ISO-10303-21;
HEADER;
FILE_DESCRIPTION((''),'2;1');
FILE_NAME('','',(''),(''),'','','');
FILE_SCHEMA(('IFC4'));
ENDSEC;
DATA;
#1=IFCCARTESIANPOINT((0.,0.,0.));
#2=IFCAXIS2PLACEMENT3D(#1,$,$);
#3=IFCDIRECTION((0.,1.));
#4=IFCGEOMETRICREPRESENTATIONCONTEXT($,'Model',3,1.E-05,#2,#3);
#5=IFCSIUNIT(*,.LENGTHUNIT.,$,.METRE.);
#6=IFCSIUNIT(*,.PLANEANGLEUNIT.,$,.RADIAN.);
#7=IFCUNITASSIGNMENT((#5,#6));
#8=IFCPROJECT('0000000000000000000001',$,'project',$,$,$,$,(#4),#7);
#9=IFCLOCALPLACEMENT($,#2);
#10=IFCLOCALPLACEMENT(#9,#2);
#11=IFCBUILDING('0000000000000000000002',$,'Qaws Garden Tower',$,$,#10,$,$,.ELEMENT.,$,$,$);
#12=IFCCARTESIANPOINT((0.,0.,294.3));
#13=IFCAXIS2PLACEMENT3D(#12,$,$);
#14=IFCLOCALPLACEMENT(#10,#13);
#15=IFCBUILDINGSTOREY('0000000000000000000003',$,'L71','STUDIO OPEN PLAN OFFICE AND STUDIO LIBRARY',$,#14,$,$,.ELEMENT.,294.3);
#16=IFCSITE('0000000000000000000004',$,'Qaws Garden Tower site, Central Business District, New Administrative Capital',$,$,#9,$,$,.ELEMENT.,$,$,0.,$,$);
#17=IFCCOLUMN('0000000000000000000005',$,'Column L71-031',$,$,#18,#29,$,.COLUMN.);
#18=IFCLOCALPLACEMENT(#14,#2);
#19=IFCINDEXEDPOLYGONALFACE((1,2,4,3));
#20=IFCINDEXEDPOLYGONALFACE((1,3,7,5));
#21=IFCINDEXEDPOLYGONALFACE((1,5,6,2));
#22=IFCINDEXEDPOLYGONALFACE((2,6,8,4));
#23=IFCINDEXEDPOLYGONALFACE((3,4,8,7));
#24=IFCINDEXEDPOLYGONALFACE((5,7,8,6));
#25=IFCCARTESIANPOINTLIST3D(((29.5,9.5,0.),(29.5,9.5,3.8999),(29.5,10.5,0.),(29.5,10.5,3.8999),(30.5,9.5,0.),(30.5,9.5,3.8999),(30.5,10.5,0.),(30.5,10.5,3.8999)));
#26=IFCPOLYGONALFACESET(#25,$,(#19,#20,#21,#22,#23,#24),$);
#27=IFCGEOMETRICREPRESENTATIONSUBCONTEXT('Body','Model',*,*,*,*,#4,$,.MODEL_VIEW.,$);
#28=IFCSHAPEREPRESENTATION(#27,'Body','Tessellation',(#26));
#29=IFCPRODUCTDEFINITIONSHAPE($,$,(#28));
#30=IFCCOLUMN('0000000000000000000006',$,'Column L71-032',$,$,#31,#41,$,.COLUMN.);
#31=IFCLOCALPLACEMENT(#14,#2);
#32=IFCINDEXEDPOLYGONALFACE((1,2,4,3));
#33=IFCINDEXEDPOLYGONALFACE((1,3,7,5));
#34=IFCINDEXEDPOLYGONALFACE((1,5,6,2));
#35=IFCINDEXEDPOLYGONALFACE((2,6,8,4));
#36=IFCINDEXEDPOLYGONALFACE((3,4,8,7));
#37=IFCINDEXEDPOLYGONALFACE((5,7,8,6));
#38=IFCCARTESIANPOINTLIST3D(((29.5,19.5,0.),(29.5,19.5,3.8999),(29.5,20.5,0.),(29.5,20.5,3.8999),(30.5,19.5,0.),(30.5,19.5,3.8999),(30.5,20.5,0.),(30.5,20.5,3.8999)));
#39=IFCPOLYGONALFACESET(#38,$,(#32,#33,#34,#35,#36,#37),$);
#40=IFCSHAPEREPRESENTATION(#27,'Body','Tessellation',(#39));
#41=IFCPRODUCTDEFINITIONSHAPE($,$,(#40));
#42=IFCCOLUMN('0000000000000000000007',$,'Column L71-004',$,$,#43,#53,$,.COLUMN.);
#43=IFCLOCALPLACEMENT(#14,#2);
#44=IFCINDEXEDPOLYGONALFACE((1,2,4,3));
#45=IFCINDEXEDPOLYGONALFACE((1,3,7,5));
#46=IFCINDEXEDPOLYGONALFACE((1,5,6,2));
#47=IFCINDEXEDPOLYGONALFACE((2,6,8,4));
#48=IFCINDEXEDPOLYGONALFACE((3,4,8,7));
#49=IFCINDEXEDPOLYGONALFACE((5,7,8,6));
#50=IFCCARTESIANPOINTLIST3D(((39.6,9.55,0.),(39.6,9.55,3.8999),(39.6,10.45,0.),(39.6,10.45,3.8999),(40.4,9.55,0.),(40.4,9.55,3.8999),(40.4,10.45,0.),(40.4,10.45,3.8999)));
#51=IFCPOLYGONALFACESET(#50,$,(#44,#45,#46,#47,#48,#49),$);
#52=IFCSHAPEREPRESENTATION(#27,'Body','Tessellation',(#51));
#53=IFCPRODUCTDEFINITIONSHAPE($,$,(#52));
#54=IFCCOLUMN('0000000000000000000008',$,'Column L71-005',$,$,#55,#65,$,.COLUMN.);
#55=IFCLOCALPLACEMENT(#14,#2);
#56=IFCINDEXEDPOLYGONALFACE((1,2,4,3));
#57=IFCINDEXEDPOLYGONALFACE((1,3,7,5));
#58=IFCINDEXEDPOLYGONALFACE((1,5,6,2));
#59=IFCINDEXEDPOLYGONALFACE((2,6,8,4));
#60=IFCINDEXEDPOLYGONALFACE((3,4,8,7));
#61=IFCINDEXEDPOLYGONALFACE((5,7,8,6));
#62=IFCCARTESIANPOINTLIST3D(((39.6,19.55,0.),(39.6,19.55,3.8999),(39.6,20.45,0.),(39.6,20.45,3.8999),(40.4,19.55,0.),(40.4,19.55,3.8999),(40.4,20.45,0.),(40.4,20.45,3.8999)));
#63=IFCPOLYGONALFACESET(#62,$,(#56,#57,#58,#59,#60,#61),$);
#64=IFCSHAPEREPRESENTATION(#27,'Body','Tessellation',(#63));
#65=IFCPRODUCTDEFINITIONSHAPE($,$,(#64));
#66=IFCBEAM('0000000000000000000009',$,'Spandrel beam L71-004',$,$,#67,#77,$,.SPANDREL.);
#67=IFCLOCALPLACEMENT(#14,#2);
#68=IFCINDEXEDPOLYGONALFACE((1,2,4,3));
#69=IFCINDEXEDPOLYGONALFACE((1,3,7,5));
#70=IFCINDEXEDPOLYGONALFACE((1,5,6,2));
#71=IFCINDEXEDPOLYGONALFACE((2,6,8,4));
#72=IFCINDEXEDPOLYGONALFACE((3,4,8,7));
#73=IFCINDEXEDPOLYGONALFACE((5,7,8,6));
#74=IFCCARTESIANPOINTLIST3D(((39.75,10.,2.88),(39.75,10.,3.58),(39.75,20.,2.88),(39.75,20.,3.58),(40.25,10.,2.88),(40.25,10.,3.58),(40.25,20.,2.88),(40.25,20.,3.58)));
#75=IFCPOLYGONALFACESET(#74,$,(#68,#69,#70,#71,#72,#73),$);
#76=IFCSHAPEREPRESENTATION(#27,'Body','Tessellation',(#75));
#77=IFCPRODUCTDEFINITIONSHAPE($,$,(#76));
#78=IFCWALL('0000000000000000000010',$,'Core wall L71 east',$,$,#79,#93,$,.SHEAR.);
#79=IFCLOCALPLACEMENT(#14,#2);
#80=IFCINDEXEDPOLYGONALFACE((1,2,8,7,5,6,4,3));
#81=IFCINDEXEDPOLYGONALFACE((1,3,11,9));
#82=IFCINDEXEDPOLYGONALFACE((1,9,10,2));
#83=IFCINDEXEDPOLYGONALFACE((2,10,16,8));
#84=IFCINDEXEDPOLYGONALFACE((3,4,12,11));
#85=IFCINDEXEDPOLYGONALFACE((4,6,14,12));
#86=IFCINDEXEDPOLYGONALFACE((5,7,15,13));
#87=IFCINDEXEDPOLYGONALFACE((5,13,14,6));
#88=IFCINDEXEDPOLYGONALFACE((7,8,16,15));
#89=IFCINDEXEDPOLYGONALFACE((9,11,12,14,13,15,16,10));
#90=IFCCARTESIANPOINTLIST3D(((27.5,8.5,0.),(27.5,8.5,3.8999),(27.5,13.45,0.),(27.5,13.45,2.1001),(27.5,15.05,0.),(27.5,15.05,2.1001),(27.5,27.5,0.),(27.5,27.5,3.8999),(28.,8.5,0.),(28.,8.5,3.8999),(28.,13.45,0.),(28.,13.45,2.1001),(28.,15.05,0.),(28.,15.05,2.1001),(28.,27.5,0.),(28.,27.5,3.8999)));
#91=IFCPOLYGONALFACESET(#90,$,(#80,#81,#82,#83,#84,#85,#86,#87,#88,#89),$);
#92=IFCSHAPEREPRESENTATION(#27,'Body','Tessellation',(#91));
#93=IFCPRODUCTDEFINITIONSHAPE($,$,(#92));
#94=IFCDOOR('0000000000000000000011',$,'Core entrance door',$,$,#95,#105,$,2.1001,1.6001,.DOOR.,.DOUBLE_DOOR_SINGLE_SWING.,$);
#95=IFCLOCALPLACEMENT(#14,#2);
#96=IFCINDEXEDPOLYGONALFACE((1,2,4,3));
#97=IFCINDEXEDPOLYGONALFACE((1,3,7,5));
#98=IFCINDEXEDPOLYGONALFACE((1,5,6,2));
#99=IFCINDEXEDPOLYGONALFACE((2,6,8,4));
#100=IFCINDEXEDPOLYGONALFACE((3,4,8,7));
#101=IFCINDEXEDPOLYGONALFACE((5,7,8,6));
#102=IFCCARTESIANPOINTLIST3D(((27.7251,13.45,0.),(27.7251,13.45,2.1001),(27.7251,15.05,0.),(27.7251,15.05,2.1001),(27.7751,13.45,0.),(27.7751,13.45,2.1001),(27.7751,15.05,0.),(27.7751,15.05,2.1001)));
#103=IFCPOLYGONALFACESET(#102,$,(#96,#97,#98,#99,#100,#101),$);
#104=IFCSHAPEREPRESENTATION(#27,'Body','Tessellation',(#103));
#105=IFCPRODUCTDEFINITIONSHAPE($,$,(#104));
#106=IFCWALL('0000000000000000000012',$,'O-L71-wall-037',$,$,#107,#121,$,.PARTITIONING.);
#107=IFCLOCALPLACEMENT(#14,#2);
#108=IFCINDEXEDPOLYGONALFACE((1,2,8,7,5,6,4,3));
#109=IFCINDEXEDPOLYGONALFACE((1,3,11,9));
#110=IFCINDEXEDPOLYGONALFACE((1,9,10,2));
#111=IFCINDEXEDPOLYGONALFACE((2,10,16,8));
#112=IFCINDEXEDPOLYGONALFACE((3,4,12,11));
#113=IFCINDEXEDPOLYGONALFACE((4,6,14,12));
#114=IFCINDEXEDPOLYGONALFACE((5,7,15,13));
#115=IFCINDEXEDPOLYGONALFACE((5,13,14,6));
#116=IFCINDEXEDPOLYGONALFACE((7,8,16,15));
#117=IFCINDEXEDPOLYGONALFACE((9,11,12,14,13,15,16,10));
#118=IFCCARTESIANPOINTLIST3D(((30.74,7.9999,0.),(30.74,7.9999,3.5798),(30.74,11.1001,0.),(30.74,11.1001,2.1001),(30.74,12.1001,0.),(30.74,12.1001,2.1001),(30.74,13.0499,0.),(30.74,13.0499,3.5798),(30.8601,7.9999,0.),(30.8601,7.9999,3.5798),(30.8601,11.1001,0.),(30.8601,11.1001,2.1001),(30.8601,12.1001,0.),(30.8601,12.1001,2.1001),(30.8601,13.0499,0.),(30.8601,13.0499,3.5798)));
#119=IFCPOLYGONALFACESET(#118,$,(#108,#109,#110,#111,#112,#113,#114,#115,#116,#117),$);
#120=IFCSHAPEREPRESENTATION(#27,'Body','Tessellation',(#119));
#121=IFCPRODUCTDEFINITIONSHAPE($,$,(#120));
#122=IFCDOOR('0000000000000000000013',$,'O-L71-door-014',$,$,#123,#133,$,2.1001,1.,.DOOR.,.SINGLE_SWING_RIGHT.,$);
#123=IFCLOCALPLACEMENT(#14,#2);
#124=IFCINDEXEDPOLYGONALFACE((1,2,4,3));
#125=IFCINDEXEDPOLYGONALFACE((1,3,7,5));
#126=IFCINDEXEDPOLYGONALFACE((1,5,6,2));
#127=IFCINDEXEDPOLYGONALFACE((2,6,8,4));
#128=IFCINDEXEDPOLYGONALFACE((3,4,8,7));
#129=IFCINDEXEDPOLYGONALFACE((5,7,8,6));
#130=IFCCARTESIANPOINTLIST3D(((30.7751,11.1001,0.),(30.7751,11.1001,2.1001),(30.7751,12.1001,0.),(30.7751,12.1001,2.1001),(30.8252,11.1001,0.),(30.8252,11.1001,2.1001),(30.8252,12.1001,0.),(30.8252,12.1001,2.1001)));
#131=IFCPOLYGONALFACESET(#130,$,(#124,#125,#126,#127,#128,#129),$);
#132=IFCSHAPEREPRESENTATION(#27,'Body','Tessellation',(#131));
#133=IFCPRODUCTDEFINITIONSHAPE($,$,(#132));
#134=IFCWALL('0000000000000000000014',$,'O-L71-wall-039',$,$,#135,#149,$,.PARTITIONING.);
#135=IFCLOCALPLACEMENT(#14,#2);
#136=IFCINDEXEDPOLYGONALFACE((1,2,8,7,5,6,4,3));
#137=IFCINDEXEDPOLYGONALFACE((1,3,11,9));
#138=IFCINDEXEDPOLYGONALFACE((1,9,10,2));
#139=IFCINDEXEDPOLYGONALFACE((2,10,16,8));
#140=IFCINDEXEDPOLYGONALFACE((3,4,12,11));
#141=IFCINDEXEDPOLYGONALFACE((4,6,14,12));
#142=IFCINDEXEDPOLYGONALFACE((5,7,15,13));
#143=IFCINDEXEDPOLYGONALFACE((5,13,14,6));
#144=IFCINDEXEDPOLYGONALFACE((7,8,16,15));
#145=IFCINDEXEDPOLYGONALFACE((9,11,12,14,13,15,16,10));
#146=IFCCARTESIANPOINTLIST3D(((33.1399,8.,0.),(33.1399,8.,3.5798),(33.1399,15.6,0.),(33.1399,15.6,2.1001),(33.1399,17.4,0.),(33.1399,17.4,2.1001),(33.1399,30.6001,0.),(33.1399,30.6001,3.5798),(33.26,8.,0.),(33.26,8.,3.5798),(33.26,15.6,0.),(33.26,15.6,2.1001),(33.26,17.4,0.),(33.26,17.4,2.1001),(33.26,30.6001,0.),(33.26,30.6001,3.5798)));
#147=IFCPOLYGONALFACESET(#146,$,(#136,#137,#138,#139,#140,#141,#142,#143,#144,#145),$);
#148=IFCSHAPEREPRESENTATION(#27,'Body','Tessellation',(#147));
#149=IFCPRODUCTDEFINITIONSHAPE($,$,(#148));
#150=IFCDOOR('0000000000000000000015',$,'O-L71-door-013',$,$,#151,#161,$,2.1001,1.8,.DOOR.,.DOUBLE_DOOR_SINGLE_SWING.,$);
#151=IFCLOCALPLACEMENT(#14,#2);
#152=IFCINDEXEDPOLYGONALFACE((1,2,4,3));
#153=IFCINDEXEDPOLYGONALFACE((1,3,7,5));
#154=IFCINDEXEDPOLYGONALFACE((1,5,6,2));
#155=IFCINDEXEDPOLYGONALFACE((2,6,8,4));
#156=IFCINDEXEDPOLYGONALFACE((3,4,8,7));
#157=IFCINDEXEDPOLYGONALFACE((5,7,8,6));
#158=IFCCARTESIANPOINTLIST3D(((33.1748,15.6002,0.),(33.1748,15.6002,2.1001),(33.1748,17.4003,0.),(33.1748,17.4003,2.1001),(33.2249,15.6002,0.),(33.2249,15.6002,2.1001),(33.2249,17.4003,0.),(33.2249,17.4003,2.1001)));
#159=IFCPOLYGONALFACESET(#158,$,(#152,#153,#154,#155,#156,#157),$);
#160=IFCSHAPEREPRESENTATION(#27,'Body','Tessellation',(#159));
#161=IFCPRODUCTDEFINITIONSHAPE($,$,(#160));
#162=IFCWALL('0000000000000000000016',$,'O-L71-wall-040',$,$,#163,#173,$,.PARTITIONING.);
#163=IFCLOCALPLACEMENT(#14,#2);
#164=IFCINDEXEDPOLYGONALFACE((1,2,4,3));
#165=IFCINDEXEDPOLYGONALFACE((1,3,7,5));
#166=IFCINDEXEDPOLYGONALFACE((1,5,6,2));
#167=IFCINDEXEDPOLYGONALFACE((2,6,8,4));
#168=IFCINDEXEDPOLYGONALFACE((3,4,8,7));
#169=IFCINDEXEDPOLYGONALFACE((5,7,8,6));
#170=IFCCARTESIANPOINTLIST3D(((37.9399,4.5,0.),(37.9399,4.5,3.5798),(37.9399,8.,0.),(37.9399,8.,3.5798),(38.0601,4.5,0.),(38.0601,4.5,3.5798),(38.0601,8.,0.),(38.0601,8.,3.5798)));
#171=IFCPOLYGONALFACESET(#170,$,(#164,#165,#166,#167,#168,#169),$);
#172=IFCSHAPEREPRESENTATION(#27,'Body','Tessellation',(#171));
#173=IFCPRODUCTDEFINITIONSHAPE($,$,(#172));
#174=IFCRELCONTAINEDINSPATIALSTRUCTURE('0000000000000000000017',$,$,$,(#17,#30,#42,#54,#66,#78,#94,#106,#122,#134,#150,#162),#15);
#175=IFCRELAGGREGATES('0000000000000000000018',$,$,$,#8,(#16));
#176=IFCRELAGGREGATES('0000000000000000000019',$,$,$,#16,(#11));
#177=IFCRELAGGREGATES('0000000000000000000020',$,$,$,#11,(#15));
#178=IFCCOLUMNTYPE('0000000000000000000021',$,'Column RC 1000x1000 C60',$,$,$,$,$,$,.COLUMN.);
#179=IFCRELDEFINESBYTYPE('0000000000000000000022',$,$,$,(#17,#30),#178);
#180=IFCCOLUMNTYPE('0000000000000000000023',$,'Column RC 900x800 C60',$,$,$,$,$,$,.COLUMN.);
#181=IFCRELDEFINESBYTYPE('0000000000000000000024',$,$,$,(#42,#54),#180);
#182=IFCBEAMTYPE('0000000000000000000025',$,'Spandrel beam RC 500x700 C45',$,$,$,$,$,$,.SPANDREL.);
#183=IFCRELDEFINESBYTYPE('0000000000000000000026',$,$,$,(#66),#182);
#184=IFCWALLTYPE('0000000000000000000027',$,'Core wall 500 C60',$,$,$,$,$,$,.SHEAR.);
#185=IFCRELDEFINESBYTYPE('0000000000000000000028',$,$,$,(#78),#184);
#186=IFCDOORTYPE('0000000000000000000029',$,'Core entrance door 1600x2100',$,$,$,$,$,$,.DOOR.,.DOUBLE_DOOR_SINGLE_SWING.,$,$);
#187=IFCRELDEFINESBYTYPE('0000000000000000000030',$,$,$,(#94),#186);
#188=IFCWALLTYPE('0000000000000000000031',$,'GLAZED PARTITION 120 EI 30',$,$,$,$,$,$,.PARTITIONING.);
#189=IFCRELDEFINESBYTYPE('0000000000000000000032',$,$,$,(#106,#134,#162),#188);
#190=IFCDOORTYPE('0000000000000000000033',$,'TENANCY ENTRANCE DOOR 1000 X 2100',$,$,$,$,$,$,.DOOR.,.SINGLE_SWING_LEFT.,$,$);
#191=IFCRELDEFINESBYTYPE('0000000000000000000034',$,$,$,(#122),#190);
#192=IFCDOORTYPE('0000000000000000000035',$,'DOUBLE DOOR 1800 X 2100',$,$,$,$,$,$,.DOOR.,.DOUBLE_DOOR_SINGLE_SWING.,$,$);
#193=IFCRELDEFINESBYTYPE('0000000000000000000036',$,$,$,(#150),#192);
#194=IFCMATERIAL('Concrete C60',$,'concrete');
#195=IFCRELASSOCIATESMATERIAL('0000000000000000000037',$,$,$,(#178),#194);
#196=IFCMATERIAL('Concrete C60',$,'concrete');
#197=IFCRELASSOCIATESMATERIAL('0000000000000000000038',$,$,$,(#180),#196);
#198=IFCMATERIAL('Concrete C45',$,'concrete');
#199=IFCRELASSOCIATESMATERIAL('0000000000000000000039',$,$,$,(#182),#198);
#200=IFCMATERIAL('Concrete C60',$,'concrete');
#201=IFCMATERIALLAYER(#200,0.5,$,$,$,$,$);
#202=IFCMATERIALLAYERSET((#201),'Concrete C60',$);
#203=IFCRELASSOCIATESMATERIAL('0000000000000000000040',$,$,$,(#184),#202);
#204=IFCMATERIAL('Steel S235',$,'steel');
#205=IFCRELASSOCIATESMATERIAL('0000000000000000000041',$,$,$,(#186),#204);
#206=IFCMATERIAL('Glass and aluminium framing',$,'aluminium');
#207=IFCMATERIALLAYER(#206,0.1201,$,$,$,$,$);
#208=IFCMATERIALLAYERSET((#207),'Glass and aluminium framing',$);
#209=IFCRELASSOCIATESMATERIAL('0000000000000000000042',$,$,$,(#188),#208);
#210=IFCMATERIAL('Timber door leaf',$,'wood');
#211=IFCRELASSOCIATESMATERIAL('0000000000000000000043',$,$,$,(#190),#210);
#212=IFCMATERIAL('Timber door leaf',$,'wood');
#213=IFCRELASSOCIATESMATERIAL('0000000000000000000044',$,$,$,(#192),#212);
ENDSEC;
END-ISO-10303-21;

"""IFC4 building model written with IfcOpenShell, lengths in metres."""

from ifc_helpers import new_model, si_unit, direction, frame, frame_2d, origin, origin_2d, place, context, subcontext, project, spatial, rectangle, extrude, material, layer, layer_set, material_profile, profile_set, type_object, element, fill, save


model = new_model("IFC4")

# Units and contexts
model_context = context("Model", 3, precision=1e-05, world=origin(), true_north=direction((0.0, 1.0)))
body_context = subcontext(model_context, "Body", "Model", "MODEL_VIEW")
ifc_project = project(units=[si_unit("LENGTHUNIT", "METRE"), si_unit("PLANEANGLEUNIT", "RADIAN")], contexts=[model_context])

# Site, building, storey
site_placement = place(None, origin())
site = spatial("IfcSite", under=ifc_project, at=site_placement, Name="Qaws Garden Tower site, Central Business District, New Administrative Capital", CompositionType="ELEMENT", RefElevation=0.0)
building_placement = place(site_placement, origin())
building = spatial("IfcBuilding", under=site, at=building_placement, Name="Qaws Garden Tower", CompositionType="ELEMENT")
storey_placement = place(building_placement, frame((0.0, 0.0, 294.3)))
storey = spatial("IfcBuildingStorey", under=building, at=storey_placement, Name="L71", Description="STUDIO OPEN PLAN OFFICE AND STUDIO LIBRARY", CompositionType="ELEMENT", Elevation=294.3)

# Columns
ifc_material_1 = material(Name="Concrete C60", Category="concrete")
ifc_material_profile_1 = material_profile(ifc_material_1, rectangle(XDim=1.0, YDim=1.0, at=origin_2d()), Name="RC 1000x1000")
ifc_profile_set_1 = profile_set([ifc_material_profile_1], Name="Concrete C60")
column_type_1 = type_object("IfcColumnType", Name="Column RC 1000x1000 C60", PredefinedType="COLUMN", material=ifc_profile_set_1)
for number, where, z_axis, x_axis, name in (
    (1, (30.0, 10.0, 0.0), (0.0, 0.0, 1.0), (1.0, 0.0, 0.0), "Column L71-031"),
    (2, (30.0, 20.0, 0.0), (0.0, 0.0, 1.0), (1.0, 0.0, 0.0), "Column L71-032"),
):
    element("IfcColumn", number, at=place(storey_placement, frame(where, z_axis=z_axis, x_axis=x_axis)), inside=storey, type_object=column_type_1, Name=name, PredefinedType="COLUMN", context=body_context, shape_type="SweptSolid", body=[
        extrude(rectangle(XDim=1.0, YDim=1.0, at=origin_2d()), origin(), (0.0, 0.0, 1.0), 3.8999),
    ])
ifc_material_2 = material(Name="Concrete C60", Category="concrete")
ifc_material_profile_2 = material_profile(ifc_material_2, rectangle(XDim=0.8999, YDim=0.8, at=origin_2d()), Name="RC 900x800")
ifc_profile_set_2 = profile_set([ifc_material_profile_2], Name="Concrete C60")
column_type_2 = type_object("IfcColumnType", Name="Column RC 900x800 C60", PredefinedType="COLUMN", material=ifc_profile_set_2)
for number, where, z_axis, x_axis, name in (
    (3, (40.0, 10.0, 0.0), (0.0, 0.0, 1.0), (0.0, 1.0, 0.0), "Column L71-004"),
    (4, (40.0, 20.0, 0.0), (0.0, 0.0, 1.0), (0.0, 1.0, 0.0), "Column L71-005"),
):
    element("IfcColumn", number, at=place(storey_placement, frame(where, z_axis=z_axis, x_axis=x_axis)), inside=storey, type_object=column_type_2, Name=name, PredefinedType="COLUMN", context=body_context, shape_type="SweptSolid", body=[
        extrude(rectangle(XDim=0.8999, YDim=0.8, at=origin_2d()), origin(), (0.0, 0.0, 1.0), 3.8999),
    ])

# Beam
ifc_material_3 = material(Name="Concrete C45", Category="concrete")
ifc_material_profile_3 = material_profile(ifc_material_3, rectangle(XDim=0.5, YDim=0.7, at=origin_2d()), Name="RC 500x700")
ifc_profile_set_3 = profile_set([ifc_material_profile_3], Name="Concrete C45")
beam_type = type_object("IfcBeamType", Name="Spandrel beam RC 500x700 C45", PredefinedType="SPANDREL", material=ifc_profile_set_3)
beam_placement = place(storey_placement, frame((40.0, 10.0, 3.23), z_axis=(0.0, 1.0, 0.0), x_axis=(-1.0, 0.0, 0.0)))
element("IfcBeam", 5, at=beam_placement, inside=storey, type_object=beam_type, Name="Spandrel beam L71-004", PredefinedType="SPANDREL", context=body_context, shape_type="SweptSolid", body=[
    extrude(rectangle(XDim=0.5, YDim=0.7, at=origin_2d()), origin(), (0.0, 0.0, 1.0), 10.0),
])

# Walls, openings, doors
ifc_material_4 = material(Name="Concrete C60", Category="concrete")
ifc_layer_1 = layer(ifc_material_4, 0.5)
ifc_layer_set_1 = layer_set([ifc_layer_1], Name="Concrete C60")
wall_type_1 = type_object("IfcWallType", Name="Core wall 500 C60", PredefinedType="SHEAR", material=ifc_layer_set_1)
wall_1_placement = place(storey_placement, frame((27.75, 8.5, 0.0), z_axis=(0.0, 0.0, 1.0), x_axis=(0.0, 1.0, 0.0)))
wall_1 = element("IfcWall", 6, at=wall_1_placement, inside=storey, type_object=wall_type_1, Name="Core wall L71 east", PredefinedType="SHEAR", context=body_context, shape_type="SweptSolid", body=[
    extrude(rectangle(XDim=19.0, YDim=0.5, at=frame_2d((9.5, 0.0))), origin(), (0.0, 0.0, 1.0), 3.8999),
])
opening_1_placement = place(wall_1_placement, frame((4.95, 0.0, 0.0)))
opening_1 = element("IfcOpeningElement", 7, at=opening_1_placement, cuts=wall_1, PredefinedType="OPENING", context=body_context, shape_type="SweptSolid", body=[
    extrude(rectangle(XDim=1.6001, YDim=2.1001, at=frame_2d((0.8, 1.05))), frame((0.0, 0.26, 0.0), z_axis=(0.0, -1.0, 0.0), x_axis=(1.0, 0.0, 0.0)), (0.0, 0.0, 1.0), 0.52),
])
ifc_material_5 = material(Name="Steel S235", Category="steel")
door_type_1 = type_object("IfcDoorType", Name="Core entrance door 1600x2100", OperationType="DOUBLE_DOOR_SINGLE_SWING", PredefinedType="DOOR", material=ifc_material_5)
door_1_placement = place(opening_1_placement, origin())
door_1 = element("IfcDoor", 8, at=door_1_placement, inside=storey, type_object=door_type_1, Name="Core entrance door", OperationType="DOUBLE_DOOR_SINGLE_SWING", OverallHeight=2.1001, OverallWidth=1.6001, PredefinedType="DOOR", context=body_context, shape_type="SweptSolid", body=[
    extrude(rectangle(XDim=1.6001, YDim=2.1001, at=frame_2d((0.8, 1.05))), frame((0.0, 0.0249, 0.0), z_axis=(0.0, -1.0, 0.0), x_axis=(1.0, 0.0, 0.0)), (0.0, 0.0, 1.0), 0.05),
])
fill(opening_1, door_1)
ifc_material_6 = material(Name="Glass and aluminium framing", Category="aluminium")
ifc_layer_2 = layer(ifc_material_6, 0.1201)
ifc_layer_set_2 = layer_set([ifc_layer_2], Name="Glass and aluminium framing")
wall_type_2 = type_object("IfcWallType", Name="GLAZED PARTITION 120 EI 30", PredefinedType="PARTITIONING", material=ifc_layer_set_2)
wall_2_placement = place(storey_placement, frame((30.8, 8.0, 0.0), z_axis=(0.0, 0.0, 1.0), x_axis=(0.0, 1.0, 0.0)))
wall_2 = element("IfcWall", 9, at=wall_2_placement, inside=storey, type_object=wall_type_2, Name="O-L71-wall-037", PredefinedType="PARTITIONING", context=body_context, shape_type="SweptSolid", body=[
    extrude(rectangle(XDim=5.05, YDim=0.1201, at=frame_2d((2.5249, 0.0))), origin(), (0.0, 0.0, 1.0), 3.5798),
])
opening_2_placement = place(wall_2_placement, frame((3.1001, 0.0, 0.0)))
opening_2 = element("IfcOpeningElement", 10, at=opening_2_placement, cuts=wall_2, PredefinedType="OPENING", context=body_context, shape_type="SweptSolid", body=[
    extrude(rectangle(XDim=1.0, YDim=2.1001, at=frame_2d((0.5, 1.05))), frame((0.0, 0.0701, 0.0), z_axis=(0.0, -1.0, 0.0), x_axis=(1.0, 0.0, 0.0)), (0.0, 0.0, 1.0), 0.1401),
])
ifc_material_7 = material(Name="Timber door leaf", Category="wood")
door_type_2 = type_object("IfcDoorType", Name="TENANCY ENTRANCE DOOR 1000 X 2100", OperationType="SINGLE_SWING_LEFT", PredefinedType="DOOR", material=ifc_material_7)
door_2_placement = place(opening_2_placement, origin())
door_2 = element("IfcDoor", 11, at=door_2_placement, inside=storey, type_object=door_type_2, Name="O-L71-door-014", OperationType="SINGLE_SWING_RIGHT", OverallHeight=2.1001, OverallWidth=1.0, PredefinedType="DOOR", context=body_context, shape_type="SweptSolid", body=[
    extrude(rectangle(XDim=1.0, YDim=2.1001, at=frame_2d((0.5, 1.05))), frame((0.0, 0.0249, 0.0), z_axis=(0.0, -1.0, 0.0), x_axis=(1.0, 0.0, 0.0)), (0.0, 0.0, 1.0), 0.05),
])
fill(opening_2, door_2)
wall_3_placement = place(storey_placement, frame((33.2, 8.0, 0.0), z_axis=(0.0, 0.0, 1.0), x_axis=(0.0, 1.0, 0.0)))
wall_3 = element("IfcWall", 12, at=wall_3_placement, inside=storey, type_object=wall_type_2, Name="O-L71-wall-039", PredefinedType="PARTITIONING", context=body_context, shape_type="SweptSolid", body=[
    extrude(rectangle(XDim=22.6001, YDim=0.1201, at=frame_2d((11.3, 0.0))), origin(), (0.0, 0.0, 1.0), 3.5798),
])
opening_3_placement = place(wall_3_placement, frame((7.6001, 0.0, 0.0)))
opening_3 = element("IfcOpeningElement", 13, at=opening_3_placement, cuts=wall_3, PredefinedType="OPENING", context=body_context, shape_type="SweptSolid", body=[
    extrude(rectangle(XDim=1.8, YDim=2.1001, at=frame_2d((0.8999, 1.05))), frame((0.0, 0.0701, 0.0), z_axis=(0.0, -1.0, 0.0), x_axis=(1.0, 0.0, 0.0)), (0.0, 0.0, 1.0), 0.1401),
])
ifc_material_8 = material(Name="Timber door leaf", Category="wood")
door_type_3 = type_object("IfcDoorType", Name="DOUBLE DOOR 1800 X 2100", OperationType="DOUBLE_DOOR_SINGLE_SWING", PredefinedType="DOOR", material=ifc_material_8)
door_3_placement = place(opening_3_placement, frame((1.8, 0.0, 0.0), z_axis=(0.0, 0.0, 1.0), x_axis=(-1.0, 0.0, 0.0)))
door_3 = element("IfcDoor", 14, at=door_3_placement, inside=storey, type_object=door_type_3, Name="O-L71-door-013", OperationType="DOUBLE_DOOR_SINGLE_SWING", OverallHeight=2.1001, OverallWidth=1.8, PredefinedType="DOOR", context=body_context, shape_type="SweptSolid", body=[
    extrude(rectangle(XDim=1.8, YDim=2.1001, at=frame_2d((0.8999, 1.05))), frame((0.0, 0.0249, 0.0), z_axis=(0.0, -1.0, 0.0), x_axis=(1.0, 0.0, 0.0)), (0.0, 0.0, 1.0), 0.05),
])
fill(opening_3, door_3)

# Wall
wall_4_placement = place(storey_placement, frame((38.0, 4.5, 0.0), z_axis=(0.0, 0.0, 1.0), x_axis=(0.0, 1.0, 0.0)))
element("IfcWall", 15, at=wall_4_placement, inside=storey, type_object=wall_type_2, Name="O-L71-wall-040", PredefinedType="PARTITIONING", context=body_context, shape_type="SweptSolid", body=[
    extrude(rectangle(XDim=3.5, YDim=0.1201, at=frame_2d((1.75, 0.0))), origin(), (0.0, 0.0, 1.0), 3.5798),
])

save(model, "model.ifc")
